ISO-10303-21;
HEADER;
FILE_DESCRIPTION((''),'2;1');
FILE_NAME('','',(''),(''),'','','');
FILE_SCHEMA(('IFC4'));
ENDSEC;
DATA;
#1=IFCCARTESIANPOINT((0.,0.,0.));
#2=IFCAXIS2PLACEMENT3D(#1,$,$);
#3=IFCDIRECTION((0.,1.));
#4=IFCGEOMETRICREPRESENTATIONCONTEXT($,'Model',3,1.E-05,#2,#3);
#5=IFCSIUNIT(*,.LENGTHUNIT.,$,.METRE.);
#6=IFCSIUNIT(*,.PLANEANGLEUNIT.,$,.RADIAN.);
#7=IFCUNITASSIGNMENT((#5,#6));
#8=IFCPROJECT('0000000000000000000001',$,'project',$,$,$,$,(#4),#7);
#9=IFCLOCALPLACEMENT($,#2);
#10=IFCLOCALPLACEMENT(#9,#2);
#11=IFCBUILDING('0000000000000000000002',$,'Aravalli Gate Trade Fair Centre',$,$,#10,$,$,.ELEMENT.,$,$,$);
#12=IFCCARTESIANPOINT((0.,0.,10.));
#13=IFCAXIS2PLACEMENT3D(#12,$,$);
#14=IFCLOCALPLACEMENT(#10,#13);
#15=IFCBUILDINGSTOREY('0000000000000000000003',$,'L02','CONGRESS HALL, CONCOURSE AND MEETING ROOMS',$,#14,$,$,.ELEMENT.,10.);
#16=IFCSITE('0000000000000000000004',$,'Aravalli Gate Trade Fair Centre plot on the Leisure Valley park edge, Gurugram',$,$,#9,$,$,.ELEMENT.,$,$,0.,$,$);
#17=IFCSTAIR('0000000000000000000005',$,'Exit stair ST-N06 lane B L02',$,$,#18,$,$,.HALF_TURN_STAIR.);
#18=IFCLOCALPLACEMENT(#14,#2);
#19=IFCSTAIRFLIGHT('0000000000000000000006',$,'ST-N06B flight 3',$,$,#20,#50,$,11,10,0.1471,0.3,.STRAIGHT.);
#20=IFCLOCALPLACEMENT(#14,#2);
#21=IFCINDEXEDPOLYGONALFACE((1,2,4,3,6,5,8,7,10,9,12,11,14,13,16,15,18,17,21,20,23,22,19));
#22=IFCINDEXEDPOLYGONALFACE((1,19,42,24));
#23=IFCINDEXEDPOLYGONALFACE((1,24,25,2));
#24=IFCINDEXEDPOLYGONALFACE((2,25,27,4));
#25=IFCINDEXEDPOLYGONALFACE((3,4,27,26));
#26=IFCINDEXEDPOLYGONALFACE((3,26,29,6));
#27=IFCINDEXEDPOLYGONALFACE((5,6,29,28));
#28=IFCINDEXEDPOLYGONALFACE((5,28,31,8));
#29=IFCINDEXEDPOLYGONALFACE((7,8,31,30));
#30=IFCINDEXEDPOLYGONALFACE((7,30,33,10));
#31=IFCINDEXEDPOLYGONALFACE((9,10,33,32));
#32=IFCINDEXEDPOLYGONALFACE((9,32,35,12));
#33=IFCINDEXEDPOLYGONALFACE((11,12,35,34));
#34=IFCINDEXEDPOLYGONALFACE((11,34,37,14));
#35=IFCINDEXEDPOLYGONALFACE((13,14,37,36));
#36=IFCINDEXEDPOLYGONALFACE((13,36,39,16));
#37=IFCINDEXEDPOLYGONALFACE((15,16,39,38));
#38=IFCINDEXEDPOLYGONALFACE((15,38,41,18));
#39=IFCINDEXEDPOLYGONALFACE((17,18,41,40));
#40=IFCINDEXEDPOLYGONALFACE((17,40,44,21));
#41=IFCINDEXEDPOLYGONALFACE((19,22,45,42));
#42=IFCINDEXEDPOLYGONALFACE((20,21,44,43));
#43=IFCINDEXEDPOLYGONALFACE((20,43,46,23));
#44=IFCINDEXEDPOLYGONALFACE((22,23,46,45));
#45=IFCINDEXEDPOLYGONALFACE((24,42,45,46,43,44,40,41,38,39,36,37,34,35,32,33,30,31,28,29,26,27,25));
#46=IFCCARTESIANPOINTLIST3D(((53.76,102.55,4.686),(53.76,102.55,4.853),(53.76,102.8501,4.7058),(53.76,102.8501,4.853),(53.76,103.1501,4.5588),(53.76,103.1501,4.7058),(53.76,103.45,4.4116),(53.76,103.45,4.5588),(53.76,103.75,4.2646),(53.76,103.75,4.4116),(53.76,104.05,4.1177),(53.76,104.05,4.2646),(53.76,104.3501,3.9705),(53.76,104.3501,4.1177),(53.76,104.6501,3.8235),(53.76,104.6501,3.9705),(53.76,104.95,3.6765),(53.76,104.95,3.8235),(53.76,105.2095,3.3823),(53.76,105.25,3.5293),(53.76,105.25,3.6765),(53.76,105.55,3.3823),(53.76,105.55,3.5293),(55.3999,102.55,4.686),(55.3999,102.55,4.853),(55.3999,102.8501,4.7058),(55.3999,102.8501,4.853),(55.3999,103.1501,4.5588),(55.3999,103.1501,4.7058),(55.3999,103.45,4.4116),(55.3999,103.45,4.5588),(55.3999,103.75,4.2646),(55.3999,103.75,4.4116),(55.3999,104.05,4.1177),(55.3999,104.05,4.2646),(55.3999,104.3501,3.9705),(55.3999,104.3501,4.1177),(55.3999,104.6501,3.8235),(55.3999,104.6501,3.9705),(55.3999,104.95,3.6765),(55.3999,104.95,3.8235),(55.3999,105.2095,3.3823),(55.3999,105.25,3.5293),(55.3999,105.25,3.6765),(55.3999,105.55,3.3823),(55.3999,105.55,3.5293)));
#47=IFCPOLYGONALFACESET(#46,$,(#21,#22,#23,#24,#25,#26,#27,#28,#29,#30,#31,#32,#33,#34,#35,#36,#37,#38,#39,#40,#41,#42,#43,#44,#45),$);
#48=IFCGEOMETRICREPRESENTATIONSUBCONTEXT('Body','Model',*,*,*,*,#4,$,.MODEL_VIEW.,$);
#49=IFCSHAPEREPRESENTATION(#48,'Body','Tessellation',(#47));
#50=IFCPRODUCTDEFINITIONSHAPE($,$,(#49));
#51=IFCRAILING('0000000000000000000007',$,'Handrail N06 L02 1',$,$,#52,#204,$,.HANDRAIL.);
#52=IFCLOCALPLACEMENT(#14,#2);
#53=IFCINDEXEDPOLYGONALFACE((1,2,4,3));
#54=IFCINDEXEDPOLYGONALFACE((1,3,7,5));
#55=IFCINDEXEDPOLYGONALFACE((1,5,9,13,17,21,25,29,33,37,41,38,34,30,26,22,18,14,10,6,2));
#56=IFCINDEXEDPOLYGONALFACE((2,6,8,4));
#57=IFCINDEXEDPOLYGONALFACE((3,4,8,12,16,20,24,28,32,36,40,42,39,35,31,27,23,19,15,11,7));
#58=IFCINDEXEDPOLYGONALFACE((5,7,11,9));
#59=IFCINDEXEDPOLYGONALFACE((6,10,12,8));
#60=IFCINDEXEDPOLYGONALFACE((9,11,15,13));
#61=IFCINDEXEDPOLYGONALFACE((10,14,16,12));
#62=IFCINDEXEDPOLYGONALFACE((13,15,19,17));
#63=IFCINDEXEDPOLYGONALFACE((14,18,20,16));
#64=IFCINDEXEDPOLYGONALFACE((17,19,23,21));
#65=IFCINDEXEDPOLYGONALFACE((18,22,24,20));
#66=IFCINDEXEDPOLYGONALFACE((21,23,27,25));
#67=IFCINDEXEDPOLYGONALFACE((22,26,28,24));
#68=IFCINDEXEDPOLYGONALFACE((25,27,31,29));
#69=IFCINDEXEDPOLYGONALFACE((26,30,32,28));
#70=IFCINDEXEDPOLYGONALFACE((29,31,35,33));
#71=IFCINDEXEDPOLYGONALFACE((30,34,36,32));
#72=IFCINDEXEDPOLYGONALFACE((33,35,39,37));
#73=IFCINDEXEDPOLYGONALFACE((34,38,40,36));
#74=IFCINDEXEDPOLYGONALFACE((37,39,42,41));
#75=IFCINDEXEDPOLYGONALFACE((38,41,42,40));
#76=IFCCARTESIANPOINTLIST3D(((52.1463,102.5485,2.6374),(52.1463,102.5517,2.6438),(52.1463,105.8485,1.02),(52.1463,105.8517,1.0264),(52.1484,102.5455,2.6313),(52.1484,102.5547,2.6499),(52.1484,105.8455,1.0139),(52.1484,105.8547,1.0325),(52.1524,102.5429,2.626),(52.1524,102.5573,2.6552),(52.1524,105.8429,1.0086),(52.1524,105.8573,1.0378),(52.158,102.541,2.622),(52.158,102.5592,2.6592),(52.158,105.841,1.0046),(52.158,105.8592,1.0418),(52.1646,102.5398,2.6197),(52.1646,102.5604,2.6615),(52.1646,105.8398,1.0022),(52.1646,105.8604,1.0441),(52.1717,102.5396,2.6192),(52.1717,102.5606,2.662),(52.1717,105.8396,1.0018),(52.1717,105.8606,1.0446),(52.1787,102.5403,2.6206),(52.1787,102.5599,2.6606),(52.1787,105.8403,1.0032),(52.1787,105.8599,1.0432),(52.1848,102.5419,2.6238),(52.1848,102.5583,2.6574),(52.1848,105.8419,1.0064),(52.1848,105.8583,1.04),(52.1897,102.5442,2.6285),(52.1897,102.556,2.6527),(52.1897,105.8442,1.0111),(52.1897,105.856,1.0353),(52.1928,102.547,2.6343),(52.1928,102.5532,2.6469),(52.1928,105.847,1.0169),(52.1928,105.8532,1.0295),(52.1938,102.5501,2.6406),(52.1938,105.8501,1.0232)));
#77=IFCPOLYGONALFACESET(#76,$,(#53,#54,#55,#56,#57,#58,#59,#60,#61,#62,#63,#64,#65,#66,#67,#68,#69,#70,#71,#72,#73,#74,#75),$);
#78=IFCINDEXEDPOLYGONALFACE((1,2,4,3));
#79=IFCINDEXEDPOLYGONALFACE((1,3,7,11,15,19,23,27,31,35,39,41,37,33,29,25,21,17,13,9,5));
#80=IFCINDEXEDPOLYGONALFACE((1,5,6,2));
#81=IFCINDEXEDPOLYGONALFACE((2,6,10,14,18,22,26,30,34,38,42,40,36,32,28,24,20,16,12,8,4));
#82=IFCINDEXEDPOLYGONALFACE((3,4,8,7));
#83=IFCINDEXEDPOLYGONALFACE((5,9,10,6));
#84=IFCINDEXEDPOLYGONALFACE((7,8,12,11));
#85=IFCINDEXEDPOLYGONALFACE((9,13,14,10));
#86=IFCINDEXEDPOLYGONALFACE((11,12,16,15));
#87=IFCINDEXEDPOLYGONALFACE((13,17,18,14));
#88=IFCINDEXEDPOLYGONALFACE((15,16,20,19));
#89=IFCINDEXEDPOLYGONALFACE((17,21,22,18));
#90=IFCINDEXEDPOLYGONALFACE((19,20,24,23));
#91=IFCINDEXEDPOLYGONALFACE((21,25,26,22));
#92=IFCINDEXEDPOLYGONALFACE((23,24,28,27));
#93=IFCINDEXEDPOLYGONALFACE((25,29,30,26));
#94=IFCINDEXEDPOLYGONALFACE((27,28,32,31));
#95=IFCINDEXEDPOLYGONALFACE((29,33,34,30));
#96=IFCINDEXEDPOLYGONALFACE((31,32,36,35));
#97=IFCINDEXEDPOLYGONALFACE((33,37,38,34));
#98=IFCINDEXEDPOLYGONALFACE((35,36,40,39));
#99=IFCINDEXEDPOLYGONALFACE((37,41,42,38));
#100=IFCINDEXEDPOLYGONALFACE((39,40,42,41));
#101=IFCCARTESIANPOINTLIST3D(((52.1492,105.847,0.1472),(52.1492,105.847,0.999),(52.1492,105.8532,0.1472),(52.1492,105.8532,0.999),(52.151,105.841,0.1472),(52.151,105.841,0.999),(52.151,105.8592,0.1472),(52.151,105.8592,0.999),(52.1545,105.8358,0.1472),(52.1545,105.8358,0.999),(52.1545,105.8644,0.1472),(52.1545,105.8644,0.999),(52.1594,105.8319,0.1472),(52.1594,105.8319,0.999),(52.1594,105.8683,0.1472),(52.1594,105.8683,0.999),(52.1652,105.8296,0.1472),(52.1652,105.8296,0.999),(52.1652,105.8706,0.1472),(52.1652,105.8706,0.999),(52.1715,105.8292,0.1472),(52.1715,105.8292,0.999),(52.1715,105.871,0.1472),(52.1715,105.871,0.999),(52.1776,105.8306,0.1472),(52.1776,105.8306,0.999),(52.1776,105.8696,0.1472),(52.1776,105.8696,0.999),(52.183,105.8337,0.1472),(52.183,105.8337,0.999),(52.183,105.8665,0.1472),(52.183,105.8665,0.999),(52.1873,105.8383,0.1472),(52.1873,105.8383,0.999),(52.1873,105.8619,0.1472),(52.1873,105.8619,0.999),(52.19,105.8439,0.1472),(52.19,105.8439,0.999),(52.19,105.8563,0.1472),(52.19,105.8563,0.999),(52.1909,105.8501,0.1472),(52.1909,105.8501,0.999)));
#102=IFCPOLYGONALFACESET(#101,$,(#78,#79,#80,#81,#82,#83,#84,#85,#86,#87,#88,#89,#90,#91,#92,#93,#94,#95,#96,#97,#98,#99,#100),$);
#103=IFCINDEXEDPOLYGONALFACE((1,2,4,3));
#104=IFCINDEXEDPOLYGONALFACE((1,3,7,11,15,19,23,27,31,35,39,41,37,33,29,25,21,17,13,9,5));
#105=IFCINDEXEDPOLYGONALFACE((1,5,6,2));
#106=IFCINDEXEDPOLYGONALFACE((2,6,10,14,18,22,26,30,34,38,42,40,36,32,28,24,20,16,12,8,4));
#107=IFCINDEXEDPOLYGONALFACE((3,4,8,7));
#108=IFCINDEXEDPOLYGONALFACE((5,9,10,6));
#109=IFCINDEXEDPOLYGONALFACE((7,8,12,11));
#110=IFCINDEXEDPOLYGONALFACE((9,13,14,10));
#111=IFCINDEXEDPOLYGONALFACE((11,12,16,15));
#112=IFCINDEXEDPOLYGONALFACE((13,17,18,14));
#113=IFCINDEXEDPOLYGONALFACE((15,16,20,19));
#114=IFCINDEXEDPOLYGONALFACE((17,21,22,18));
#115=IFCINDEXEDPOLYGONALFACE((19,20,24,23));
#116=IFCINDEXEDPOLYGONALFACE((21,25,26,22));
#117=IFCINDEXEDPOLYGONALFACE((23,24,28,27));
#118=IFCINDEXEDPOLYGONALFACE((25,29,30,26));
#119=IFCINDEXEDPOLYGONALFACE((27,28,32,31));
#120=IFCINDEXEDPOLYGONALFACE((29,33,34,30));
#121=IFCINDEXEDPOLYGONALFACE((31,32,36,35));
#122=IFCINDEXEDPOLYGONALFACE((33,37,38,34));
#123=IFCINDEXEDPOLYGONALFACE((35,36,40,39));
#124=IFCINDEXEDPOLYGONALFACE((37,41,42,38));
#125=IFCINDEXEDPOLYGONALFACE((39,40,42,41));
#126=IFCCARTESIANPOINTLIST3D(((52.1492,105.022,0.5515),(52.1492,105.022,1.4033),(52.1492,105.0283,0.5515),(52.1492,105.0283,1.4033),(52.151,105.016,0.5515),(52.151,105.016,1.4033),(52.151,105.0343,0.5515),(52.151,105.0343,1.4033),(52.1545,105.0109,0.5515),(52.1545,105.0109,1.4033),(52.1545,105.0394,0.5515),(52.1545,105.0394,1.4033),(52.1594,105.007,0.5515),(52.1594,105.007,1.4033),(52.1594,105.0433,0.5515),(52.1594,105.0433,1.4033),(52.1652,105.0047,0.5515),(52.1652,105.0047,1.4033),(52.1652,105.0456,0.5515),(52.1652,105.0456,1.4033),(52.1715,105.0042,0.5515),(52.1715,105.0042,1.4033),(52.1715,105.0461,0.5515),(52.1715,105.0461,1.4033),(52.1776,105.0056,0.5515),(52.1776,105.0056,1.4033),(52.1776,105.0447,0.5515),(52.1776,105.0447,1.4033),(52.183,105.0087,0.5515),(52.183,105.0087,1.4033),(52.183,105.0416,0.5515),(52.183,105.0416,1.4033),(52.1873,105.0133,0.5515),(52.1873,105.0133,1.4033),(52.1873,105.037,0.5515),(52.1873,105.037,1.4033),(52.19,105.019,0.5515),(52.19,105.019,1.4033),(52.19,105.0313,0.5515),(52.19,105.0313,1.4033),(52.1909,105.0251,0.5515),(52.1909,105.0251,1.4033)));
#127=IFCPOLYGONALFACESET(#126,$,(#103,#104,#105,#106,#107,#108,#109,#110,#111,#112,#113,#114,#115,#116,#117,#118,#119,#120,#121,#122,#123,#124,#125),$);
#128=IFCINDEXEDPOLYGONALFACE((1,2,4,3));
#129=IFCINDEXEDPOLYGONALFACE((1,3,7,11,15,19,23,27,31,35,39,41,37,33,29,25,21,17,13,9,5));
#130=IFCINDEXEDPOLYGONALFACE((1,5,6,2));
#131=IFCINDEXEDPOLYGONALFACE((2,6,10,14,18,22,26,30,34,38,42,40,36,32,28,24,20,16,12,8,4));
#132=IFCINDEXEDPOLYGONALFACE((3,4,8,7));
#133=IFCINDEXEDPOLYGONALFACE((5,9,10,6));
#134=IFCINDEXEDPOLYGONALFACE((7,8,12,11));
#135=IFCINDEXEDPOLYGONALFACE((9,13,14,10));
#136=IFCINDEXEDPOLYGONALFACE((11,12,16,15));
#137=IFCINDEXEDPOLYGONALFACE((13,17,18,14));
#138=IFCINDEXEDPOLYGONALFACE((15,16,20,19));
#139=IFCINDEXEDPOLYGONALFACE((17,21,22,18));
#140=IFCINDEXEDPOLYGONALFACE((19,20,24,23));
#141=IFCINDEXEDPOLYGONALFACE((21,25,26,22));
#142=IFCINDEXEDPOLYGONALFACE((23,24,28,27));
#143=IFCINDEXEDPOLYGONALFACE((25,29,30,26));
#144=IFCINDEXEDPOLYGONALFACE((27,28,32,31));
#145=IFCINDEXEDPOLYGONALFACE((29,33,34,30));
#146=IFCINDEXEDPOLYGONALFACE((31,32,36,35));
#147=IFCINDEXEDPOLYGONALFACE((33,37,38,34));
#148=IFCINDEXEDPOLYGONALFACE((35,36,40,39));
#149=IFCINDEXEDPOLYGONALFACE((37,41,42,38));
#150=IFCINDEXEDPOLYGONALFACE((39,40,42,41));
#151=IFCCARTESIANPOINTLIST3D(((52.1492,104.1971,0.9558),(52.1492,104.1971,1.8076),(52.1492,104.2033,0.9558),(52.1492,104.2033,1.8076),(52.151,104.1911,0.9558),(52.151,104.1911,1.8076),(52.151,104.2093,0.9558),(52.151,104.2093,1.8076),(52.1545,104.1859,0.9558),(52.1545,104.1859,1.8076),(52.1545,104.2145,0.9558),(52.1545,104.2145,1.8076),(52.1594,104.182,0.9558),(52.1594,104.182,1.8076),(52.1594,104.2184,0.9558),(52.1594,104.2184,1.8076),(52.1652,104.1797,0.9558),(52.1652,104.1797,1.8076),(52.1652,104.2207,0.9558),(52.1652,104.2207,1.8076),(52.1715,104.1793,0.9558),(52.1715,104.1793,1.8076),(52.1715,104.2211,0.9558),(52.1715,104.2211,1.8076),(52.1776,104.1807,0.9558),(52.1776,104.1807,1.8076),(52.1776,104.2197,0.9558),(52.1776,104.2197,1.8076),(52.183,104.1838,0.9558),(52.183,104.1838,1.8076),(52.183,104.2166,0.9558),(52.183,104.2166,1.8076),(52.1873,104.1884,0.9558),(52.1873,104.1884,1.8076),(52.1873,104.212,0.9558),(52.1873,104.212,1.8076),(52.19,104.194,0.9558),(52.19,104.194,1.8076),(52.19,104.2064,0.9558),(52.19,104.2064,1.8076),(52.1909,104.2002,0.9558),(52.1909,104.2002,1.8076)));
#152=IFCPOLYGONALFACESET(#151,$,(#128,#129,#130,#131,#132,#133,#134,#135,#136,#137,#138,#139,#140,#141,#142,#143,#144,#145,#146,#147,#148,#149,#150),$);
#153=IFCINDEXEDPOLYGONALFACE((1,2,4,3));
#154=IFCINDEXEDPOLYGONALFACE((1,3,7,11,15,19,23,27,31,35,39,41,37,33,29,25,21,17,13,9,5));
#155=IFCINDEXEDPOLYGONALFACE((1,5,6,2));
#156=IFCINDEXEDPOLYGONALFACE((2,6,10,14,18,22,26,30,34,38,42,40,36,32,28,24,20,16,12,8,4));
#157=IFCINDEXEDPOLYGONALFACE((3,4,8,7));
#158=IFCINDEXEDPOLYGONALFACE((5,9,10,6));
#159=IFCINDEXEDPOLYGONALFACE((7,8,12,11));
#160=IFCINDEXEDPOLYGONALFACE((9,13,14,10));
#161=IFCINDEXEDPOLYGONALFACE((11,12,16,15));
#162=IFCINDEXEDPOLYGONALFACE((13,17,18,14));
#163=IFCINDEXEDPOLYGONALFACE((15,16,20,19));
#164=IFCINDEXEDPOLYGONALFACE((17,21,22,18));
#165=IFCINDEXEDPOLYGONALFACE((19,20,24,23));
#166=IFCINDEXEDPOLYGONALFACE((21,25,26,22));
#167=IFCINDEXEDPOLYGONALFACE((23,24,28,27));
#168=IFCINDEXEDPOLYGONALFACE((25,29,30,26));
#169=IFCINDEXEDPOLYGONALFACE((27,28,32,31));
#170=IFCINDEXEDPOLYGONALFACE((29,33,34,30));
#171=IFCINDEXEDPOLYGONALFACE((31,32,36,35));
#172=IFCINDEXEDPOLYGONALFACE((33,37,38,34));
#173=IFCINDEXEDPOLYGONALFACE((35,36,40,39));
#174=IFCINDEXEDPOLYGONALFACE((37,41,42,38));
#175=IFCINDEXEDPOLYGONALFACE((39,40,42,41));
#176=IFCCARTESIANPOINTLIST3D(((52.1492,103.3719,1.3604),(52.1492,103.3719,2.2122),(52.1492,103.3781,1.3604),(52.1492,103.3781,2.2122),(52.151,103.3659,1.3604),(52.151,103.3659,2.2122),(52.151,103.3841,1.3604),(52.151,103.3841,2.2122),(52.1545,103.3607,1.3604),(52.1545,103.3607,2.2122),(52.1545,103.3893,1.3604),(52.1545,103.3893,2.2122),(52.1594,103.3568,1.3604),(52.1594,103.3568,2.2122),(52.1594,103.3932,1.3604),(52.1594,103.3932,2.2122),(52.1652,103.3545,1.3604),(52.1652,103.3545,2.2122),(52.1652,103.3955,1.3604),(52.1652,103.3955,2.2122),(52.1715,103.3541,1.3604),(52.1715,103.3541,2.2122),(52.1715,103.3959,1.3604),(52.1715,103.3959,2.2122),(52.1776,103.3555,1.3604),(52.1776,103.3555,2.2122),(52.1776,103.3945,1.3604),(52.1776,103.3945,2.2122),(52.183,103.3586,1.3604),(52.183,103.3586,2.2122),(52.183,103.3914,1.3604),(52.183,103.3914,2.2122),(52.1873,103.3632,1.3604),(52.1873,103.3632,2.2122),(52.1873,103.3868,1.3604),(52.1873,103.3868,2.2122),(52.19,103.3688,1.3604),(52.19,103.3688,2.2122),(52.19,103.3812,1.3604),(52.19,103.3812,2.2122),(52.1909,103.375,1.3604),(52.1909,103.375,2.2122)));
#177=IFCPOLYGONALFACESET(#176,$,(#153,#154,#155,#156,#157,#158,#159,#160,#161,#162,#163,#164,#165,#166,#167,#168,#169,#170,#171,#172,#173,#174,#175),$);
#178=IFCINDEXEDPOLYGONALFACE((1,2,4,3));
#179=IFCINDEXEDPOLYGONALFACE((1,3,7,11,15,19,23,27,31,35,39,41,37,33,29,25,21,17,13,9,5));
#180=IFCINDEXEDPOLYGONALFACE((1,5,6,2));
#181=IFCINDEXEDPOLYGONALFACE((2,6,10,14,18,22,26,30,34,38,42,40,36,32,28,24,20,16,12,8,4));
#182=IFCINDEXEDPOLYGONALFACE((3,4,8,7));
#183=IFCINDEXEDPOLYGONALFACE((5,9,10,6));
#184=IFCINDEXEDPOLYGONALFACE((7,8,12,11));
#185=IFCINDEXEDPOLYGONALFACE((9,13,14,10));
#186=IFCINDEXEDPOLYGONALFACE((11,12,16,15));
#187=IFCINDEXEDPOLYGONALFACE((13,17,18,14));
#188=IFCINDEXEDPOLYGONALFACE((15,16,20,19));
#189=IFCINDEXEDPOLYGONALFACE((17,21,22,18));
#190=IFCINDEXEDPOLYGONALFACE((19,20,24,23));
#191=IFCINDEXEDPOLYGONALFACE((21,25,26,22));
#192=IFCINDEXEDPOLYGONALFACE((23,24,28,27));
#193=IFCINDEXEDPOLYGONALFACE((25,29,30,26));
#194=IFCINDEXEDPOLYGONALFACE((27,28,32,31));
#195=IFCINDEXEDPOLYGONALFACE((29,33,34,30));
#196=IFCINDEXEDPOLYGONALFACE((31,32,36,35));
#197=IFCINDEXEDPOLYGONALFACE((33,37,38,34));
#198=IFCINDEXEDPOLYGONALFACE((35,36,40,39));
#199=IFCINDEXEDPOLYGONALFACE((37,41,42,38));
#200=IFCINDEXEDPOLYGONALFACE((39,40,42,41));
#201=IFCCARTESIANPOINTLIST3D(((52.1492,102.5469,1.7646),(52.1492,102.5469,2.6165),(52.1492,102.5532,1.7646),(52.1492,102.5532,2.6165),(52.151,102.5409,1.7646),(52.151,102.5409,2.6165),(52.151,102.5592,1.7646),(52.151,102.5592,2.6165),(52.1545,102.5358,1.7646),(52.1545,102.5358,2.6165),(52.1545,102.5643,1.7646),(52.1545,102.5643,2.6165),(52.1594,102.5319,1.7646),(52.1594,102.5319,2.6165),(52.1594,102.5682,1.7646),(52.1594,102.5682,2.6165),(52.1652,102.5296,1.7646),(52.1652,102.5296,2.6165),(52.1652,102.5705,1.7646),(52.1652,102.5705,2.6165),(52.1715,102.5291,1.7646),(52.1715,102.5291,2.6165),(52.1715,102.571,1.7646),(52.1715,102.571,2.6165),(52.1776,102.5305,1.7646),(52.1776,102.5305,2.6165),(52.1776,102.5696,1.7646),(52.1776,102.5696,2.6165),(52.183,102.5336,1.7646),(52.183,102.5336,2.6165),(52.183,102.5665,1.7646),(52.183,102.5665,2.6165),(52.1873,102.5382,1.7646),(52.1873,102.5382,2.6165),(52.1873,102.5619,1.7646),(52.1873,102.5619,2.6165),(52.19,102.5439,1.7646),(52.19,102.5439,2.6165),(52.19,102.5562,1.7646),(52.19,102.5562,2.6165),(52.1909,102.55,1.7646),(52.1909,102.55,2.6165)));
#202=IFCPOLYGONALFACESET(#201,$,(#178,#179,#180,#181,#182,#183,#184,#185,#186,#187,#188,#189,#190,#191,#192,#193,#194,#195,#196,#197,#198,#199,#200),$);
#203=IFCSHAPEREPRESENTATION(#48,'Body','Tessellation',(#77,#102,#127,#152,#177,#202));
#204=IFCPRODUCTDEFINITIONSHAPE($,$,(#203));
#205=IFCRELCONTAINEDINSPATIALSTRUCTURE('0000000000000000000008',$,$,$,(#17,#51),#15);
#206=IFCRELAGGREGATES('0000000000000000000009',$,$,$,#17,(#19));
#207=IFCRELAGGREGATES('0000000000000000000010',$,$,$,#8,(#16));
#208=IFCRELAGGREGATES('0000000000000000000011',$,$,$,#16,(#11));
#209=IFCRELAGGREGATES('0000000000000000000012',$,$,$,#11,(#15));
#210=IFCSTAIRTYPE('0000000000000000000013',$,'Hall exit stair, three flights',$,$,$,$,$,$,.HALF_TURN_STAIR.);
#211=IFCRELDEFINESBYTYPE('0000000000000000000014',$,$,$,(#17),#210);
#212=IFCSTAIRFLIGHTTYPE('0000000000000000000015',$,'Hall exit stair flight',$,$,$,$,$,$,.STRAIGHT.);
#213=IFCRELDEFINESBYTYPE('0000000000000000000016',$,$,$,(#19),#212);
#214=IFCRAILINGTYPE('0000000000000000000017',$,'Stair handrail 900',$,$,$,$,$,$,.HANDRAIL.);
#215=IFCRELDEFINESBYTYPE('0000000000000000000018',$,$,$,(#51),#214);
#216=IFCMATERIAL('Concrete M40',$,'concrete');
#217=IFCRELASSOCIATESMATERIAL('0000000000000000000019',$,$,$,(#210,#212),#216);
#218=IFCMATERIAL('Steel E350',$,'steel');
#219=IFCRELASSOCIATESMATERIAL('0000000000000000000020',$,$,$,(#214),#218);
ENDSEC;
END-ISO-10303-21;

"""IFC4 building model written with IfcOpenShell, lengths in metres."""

from ifc_helpers import new_model, si_unit, direction, frame, origin, origin_2d, place, context, subcontext, project, spatial, polyline, circle, outline, extrude, material, type_object, element, aggregate, save


model = new_model("IFC4")

# Units and contexts
model_context = context("Model", 3, precision=1e-05, world=origin(), true_north=direction((0.0, 1.0)))
body_context = subcontext(model_context, "Body", "Model", "MODEL_VIEW")
ifc_project = project(units=[si_unit("LENGTHUNIT", "METRE"), si_unit("PLANEANGLEUNIT", "RADIAN")], contexts=[model_context])

# Site, building, storey
site_placement = place(None, origin())
site = spatial("IfcSite", under=ifc_project, at=site_placement, Name="Aravalli Gate Trade Fair Centre plot on the Leisure Valley park edge, Gurugram", CompositionType="ELEMENT", RefElevation=0.0)
building_placement = place(site_placement, origin())
building = spatial("IfcBuilding", under=site, at=building_placement, Name="Aravalli Gate Trade Fair Centre", CompositionType="ELEMENT")
storey_placement = place(building_placement, frame((0.0, 0.0, 10.0)))
storey = spatial("IfcBuildingStorey", under=building, at=storey_placement, Name="L02", Description="CONGRESS HALL, CONCOURSE AND MEETING ROOMS", CompositionType="ELEMENT", Elevation=10.0)

# Shared definitions
ifc_material_1 = material(Name="Steel E350", Category="steel")

# Shared definitions
ifc_material_2 = material(Name="Concrete M40", Category="concrete")

# Stair, stair flight
stair_type = type_object("IfcStairType", Name="Hall exit stair, three flights", PredefinedType="HALF_TURN_STAIR", material=ifc_material_2)
stair_flight_type = type_object("IfcStairFlightType", Name="Hall exit stair flight", PredefinedType="STRAIGHT", material=ifc_material_2)
stair_1_placement = place(storey_placement, origin())
stair_1 = element("IfcStair", 1, at=stair_1_placement, inside=storey, type_object=stair_type, Name="Exit stair ST-N06 lane B L02", PredefinedType="HALF_TURN_STAIR")
stair_flight_1_placement = place(storey_placement, frame((54.5801, 105.55, 3.3823), z_axis=(0.0, 0.0, 1.0), x_axis=(0.0, -1.0, 0.0)))
stair_flight_1 = element("IfcStairFlight", 2, at=stair_flight_1_placement, type_object=stair_flight_type, Name="ST-N06B flight 3", NumberOfRisers=11, NumberOfTreads=10, PredefinedType="STRAIGHT", RiserHeight=0.1471, TreadLength=0.3, context=body_context, shape_type="SweptSolid", body=[
    extrude(outline(polyline([(0.0, 0.0), (0.0, 0.147), (0.3, 0.147), (0.3, 0.2942), (0.6001, 0.2942), (0.6001, 0.4412), (0.8999, 0.4412), (0.8999, 0.5881), (1.2, 0.5881), (1.2, 0.7354), (1.5, 0.7354), (1.5, 0.8823), (1.8, 0.8823), (1.8, 1.0293), (2.1001, 1.0293), (2.1001, 1.1765), (2.3999, 1.1765), (2.3999, 1.3235), (2.7, 1.3235), (2.7, 1.4707), (3.0, 1.4707), (3.0, 1.6177), (3.0, 1.3037), (0.3406, 0.0), (0.0, 0.0)])), frame((0.0, 0.8198, 0.0), z_axis=(0.0, -1.0, 0.0), x_axis=(1.0, 0.0, 0.0)), (0.0, 0.0, 1.0), 1.6399),
])
aggregate(stair_1, [stair_flight_1])

# Railing
railing_type = type_object("IfcRailingType", Name="Stair handrail 900", PredefinedType="HANDRAIL", material=ifc_material_1)
for number, where, name in (
    (3, (52.1699, 105.8501, 0.1472), "Handrail N06 L02 1"),
):
    element("IfcRailing", number, at=place(storey_placement, frame(where)), inside=storey, type_object=railing_type, Name=name, PredefinedType="HANDRAIL", context=body_context, shape_type="SweptSolid", body=[
        extrude(circle(Radius=0.0239, at=origin_2d()), frame((0.0, 0.0, 0.876), z_axis=(0.0, -0.897946, 0.440105), x_axis=(1.0, 0.0, 0.0)), (0.0, 0.0, 1.0), 3.675),
        extrude(circle(Radius=0.021, at=origin_2d()), origin(), (0.0, 0.0, 1.0), 0.8518),
        extrude(circle(Radius=0.021, at=origin_2d()), frame((0.0, -0.825, 0.4043)), (0.0, 0.0, 1.0), 0.8518),
        extrude(circle(Radius=0.021, at=origin_2d()), frame((0.0, -1.6499, 0.8086)), (0.0, 0.0, 1.0), 0.8518),
        extrude(circle(Radius=0.021, at=origin_2d()), frame((0.0, -2.4751, 1.2131)), (0.0, 0.0, 1.0), 0.8518),
        extrude(circle(Radius=0.021, at=origin_2d()), frame((0.0, -3.3, 1.6174)), (0.0, 0.0, 1.0), 0.8518),
    ])

save(model, "model.ifc")
